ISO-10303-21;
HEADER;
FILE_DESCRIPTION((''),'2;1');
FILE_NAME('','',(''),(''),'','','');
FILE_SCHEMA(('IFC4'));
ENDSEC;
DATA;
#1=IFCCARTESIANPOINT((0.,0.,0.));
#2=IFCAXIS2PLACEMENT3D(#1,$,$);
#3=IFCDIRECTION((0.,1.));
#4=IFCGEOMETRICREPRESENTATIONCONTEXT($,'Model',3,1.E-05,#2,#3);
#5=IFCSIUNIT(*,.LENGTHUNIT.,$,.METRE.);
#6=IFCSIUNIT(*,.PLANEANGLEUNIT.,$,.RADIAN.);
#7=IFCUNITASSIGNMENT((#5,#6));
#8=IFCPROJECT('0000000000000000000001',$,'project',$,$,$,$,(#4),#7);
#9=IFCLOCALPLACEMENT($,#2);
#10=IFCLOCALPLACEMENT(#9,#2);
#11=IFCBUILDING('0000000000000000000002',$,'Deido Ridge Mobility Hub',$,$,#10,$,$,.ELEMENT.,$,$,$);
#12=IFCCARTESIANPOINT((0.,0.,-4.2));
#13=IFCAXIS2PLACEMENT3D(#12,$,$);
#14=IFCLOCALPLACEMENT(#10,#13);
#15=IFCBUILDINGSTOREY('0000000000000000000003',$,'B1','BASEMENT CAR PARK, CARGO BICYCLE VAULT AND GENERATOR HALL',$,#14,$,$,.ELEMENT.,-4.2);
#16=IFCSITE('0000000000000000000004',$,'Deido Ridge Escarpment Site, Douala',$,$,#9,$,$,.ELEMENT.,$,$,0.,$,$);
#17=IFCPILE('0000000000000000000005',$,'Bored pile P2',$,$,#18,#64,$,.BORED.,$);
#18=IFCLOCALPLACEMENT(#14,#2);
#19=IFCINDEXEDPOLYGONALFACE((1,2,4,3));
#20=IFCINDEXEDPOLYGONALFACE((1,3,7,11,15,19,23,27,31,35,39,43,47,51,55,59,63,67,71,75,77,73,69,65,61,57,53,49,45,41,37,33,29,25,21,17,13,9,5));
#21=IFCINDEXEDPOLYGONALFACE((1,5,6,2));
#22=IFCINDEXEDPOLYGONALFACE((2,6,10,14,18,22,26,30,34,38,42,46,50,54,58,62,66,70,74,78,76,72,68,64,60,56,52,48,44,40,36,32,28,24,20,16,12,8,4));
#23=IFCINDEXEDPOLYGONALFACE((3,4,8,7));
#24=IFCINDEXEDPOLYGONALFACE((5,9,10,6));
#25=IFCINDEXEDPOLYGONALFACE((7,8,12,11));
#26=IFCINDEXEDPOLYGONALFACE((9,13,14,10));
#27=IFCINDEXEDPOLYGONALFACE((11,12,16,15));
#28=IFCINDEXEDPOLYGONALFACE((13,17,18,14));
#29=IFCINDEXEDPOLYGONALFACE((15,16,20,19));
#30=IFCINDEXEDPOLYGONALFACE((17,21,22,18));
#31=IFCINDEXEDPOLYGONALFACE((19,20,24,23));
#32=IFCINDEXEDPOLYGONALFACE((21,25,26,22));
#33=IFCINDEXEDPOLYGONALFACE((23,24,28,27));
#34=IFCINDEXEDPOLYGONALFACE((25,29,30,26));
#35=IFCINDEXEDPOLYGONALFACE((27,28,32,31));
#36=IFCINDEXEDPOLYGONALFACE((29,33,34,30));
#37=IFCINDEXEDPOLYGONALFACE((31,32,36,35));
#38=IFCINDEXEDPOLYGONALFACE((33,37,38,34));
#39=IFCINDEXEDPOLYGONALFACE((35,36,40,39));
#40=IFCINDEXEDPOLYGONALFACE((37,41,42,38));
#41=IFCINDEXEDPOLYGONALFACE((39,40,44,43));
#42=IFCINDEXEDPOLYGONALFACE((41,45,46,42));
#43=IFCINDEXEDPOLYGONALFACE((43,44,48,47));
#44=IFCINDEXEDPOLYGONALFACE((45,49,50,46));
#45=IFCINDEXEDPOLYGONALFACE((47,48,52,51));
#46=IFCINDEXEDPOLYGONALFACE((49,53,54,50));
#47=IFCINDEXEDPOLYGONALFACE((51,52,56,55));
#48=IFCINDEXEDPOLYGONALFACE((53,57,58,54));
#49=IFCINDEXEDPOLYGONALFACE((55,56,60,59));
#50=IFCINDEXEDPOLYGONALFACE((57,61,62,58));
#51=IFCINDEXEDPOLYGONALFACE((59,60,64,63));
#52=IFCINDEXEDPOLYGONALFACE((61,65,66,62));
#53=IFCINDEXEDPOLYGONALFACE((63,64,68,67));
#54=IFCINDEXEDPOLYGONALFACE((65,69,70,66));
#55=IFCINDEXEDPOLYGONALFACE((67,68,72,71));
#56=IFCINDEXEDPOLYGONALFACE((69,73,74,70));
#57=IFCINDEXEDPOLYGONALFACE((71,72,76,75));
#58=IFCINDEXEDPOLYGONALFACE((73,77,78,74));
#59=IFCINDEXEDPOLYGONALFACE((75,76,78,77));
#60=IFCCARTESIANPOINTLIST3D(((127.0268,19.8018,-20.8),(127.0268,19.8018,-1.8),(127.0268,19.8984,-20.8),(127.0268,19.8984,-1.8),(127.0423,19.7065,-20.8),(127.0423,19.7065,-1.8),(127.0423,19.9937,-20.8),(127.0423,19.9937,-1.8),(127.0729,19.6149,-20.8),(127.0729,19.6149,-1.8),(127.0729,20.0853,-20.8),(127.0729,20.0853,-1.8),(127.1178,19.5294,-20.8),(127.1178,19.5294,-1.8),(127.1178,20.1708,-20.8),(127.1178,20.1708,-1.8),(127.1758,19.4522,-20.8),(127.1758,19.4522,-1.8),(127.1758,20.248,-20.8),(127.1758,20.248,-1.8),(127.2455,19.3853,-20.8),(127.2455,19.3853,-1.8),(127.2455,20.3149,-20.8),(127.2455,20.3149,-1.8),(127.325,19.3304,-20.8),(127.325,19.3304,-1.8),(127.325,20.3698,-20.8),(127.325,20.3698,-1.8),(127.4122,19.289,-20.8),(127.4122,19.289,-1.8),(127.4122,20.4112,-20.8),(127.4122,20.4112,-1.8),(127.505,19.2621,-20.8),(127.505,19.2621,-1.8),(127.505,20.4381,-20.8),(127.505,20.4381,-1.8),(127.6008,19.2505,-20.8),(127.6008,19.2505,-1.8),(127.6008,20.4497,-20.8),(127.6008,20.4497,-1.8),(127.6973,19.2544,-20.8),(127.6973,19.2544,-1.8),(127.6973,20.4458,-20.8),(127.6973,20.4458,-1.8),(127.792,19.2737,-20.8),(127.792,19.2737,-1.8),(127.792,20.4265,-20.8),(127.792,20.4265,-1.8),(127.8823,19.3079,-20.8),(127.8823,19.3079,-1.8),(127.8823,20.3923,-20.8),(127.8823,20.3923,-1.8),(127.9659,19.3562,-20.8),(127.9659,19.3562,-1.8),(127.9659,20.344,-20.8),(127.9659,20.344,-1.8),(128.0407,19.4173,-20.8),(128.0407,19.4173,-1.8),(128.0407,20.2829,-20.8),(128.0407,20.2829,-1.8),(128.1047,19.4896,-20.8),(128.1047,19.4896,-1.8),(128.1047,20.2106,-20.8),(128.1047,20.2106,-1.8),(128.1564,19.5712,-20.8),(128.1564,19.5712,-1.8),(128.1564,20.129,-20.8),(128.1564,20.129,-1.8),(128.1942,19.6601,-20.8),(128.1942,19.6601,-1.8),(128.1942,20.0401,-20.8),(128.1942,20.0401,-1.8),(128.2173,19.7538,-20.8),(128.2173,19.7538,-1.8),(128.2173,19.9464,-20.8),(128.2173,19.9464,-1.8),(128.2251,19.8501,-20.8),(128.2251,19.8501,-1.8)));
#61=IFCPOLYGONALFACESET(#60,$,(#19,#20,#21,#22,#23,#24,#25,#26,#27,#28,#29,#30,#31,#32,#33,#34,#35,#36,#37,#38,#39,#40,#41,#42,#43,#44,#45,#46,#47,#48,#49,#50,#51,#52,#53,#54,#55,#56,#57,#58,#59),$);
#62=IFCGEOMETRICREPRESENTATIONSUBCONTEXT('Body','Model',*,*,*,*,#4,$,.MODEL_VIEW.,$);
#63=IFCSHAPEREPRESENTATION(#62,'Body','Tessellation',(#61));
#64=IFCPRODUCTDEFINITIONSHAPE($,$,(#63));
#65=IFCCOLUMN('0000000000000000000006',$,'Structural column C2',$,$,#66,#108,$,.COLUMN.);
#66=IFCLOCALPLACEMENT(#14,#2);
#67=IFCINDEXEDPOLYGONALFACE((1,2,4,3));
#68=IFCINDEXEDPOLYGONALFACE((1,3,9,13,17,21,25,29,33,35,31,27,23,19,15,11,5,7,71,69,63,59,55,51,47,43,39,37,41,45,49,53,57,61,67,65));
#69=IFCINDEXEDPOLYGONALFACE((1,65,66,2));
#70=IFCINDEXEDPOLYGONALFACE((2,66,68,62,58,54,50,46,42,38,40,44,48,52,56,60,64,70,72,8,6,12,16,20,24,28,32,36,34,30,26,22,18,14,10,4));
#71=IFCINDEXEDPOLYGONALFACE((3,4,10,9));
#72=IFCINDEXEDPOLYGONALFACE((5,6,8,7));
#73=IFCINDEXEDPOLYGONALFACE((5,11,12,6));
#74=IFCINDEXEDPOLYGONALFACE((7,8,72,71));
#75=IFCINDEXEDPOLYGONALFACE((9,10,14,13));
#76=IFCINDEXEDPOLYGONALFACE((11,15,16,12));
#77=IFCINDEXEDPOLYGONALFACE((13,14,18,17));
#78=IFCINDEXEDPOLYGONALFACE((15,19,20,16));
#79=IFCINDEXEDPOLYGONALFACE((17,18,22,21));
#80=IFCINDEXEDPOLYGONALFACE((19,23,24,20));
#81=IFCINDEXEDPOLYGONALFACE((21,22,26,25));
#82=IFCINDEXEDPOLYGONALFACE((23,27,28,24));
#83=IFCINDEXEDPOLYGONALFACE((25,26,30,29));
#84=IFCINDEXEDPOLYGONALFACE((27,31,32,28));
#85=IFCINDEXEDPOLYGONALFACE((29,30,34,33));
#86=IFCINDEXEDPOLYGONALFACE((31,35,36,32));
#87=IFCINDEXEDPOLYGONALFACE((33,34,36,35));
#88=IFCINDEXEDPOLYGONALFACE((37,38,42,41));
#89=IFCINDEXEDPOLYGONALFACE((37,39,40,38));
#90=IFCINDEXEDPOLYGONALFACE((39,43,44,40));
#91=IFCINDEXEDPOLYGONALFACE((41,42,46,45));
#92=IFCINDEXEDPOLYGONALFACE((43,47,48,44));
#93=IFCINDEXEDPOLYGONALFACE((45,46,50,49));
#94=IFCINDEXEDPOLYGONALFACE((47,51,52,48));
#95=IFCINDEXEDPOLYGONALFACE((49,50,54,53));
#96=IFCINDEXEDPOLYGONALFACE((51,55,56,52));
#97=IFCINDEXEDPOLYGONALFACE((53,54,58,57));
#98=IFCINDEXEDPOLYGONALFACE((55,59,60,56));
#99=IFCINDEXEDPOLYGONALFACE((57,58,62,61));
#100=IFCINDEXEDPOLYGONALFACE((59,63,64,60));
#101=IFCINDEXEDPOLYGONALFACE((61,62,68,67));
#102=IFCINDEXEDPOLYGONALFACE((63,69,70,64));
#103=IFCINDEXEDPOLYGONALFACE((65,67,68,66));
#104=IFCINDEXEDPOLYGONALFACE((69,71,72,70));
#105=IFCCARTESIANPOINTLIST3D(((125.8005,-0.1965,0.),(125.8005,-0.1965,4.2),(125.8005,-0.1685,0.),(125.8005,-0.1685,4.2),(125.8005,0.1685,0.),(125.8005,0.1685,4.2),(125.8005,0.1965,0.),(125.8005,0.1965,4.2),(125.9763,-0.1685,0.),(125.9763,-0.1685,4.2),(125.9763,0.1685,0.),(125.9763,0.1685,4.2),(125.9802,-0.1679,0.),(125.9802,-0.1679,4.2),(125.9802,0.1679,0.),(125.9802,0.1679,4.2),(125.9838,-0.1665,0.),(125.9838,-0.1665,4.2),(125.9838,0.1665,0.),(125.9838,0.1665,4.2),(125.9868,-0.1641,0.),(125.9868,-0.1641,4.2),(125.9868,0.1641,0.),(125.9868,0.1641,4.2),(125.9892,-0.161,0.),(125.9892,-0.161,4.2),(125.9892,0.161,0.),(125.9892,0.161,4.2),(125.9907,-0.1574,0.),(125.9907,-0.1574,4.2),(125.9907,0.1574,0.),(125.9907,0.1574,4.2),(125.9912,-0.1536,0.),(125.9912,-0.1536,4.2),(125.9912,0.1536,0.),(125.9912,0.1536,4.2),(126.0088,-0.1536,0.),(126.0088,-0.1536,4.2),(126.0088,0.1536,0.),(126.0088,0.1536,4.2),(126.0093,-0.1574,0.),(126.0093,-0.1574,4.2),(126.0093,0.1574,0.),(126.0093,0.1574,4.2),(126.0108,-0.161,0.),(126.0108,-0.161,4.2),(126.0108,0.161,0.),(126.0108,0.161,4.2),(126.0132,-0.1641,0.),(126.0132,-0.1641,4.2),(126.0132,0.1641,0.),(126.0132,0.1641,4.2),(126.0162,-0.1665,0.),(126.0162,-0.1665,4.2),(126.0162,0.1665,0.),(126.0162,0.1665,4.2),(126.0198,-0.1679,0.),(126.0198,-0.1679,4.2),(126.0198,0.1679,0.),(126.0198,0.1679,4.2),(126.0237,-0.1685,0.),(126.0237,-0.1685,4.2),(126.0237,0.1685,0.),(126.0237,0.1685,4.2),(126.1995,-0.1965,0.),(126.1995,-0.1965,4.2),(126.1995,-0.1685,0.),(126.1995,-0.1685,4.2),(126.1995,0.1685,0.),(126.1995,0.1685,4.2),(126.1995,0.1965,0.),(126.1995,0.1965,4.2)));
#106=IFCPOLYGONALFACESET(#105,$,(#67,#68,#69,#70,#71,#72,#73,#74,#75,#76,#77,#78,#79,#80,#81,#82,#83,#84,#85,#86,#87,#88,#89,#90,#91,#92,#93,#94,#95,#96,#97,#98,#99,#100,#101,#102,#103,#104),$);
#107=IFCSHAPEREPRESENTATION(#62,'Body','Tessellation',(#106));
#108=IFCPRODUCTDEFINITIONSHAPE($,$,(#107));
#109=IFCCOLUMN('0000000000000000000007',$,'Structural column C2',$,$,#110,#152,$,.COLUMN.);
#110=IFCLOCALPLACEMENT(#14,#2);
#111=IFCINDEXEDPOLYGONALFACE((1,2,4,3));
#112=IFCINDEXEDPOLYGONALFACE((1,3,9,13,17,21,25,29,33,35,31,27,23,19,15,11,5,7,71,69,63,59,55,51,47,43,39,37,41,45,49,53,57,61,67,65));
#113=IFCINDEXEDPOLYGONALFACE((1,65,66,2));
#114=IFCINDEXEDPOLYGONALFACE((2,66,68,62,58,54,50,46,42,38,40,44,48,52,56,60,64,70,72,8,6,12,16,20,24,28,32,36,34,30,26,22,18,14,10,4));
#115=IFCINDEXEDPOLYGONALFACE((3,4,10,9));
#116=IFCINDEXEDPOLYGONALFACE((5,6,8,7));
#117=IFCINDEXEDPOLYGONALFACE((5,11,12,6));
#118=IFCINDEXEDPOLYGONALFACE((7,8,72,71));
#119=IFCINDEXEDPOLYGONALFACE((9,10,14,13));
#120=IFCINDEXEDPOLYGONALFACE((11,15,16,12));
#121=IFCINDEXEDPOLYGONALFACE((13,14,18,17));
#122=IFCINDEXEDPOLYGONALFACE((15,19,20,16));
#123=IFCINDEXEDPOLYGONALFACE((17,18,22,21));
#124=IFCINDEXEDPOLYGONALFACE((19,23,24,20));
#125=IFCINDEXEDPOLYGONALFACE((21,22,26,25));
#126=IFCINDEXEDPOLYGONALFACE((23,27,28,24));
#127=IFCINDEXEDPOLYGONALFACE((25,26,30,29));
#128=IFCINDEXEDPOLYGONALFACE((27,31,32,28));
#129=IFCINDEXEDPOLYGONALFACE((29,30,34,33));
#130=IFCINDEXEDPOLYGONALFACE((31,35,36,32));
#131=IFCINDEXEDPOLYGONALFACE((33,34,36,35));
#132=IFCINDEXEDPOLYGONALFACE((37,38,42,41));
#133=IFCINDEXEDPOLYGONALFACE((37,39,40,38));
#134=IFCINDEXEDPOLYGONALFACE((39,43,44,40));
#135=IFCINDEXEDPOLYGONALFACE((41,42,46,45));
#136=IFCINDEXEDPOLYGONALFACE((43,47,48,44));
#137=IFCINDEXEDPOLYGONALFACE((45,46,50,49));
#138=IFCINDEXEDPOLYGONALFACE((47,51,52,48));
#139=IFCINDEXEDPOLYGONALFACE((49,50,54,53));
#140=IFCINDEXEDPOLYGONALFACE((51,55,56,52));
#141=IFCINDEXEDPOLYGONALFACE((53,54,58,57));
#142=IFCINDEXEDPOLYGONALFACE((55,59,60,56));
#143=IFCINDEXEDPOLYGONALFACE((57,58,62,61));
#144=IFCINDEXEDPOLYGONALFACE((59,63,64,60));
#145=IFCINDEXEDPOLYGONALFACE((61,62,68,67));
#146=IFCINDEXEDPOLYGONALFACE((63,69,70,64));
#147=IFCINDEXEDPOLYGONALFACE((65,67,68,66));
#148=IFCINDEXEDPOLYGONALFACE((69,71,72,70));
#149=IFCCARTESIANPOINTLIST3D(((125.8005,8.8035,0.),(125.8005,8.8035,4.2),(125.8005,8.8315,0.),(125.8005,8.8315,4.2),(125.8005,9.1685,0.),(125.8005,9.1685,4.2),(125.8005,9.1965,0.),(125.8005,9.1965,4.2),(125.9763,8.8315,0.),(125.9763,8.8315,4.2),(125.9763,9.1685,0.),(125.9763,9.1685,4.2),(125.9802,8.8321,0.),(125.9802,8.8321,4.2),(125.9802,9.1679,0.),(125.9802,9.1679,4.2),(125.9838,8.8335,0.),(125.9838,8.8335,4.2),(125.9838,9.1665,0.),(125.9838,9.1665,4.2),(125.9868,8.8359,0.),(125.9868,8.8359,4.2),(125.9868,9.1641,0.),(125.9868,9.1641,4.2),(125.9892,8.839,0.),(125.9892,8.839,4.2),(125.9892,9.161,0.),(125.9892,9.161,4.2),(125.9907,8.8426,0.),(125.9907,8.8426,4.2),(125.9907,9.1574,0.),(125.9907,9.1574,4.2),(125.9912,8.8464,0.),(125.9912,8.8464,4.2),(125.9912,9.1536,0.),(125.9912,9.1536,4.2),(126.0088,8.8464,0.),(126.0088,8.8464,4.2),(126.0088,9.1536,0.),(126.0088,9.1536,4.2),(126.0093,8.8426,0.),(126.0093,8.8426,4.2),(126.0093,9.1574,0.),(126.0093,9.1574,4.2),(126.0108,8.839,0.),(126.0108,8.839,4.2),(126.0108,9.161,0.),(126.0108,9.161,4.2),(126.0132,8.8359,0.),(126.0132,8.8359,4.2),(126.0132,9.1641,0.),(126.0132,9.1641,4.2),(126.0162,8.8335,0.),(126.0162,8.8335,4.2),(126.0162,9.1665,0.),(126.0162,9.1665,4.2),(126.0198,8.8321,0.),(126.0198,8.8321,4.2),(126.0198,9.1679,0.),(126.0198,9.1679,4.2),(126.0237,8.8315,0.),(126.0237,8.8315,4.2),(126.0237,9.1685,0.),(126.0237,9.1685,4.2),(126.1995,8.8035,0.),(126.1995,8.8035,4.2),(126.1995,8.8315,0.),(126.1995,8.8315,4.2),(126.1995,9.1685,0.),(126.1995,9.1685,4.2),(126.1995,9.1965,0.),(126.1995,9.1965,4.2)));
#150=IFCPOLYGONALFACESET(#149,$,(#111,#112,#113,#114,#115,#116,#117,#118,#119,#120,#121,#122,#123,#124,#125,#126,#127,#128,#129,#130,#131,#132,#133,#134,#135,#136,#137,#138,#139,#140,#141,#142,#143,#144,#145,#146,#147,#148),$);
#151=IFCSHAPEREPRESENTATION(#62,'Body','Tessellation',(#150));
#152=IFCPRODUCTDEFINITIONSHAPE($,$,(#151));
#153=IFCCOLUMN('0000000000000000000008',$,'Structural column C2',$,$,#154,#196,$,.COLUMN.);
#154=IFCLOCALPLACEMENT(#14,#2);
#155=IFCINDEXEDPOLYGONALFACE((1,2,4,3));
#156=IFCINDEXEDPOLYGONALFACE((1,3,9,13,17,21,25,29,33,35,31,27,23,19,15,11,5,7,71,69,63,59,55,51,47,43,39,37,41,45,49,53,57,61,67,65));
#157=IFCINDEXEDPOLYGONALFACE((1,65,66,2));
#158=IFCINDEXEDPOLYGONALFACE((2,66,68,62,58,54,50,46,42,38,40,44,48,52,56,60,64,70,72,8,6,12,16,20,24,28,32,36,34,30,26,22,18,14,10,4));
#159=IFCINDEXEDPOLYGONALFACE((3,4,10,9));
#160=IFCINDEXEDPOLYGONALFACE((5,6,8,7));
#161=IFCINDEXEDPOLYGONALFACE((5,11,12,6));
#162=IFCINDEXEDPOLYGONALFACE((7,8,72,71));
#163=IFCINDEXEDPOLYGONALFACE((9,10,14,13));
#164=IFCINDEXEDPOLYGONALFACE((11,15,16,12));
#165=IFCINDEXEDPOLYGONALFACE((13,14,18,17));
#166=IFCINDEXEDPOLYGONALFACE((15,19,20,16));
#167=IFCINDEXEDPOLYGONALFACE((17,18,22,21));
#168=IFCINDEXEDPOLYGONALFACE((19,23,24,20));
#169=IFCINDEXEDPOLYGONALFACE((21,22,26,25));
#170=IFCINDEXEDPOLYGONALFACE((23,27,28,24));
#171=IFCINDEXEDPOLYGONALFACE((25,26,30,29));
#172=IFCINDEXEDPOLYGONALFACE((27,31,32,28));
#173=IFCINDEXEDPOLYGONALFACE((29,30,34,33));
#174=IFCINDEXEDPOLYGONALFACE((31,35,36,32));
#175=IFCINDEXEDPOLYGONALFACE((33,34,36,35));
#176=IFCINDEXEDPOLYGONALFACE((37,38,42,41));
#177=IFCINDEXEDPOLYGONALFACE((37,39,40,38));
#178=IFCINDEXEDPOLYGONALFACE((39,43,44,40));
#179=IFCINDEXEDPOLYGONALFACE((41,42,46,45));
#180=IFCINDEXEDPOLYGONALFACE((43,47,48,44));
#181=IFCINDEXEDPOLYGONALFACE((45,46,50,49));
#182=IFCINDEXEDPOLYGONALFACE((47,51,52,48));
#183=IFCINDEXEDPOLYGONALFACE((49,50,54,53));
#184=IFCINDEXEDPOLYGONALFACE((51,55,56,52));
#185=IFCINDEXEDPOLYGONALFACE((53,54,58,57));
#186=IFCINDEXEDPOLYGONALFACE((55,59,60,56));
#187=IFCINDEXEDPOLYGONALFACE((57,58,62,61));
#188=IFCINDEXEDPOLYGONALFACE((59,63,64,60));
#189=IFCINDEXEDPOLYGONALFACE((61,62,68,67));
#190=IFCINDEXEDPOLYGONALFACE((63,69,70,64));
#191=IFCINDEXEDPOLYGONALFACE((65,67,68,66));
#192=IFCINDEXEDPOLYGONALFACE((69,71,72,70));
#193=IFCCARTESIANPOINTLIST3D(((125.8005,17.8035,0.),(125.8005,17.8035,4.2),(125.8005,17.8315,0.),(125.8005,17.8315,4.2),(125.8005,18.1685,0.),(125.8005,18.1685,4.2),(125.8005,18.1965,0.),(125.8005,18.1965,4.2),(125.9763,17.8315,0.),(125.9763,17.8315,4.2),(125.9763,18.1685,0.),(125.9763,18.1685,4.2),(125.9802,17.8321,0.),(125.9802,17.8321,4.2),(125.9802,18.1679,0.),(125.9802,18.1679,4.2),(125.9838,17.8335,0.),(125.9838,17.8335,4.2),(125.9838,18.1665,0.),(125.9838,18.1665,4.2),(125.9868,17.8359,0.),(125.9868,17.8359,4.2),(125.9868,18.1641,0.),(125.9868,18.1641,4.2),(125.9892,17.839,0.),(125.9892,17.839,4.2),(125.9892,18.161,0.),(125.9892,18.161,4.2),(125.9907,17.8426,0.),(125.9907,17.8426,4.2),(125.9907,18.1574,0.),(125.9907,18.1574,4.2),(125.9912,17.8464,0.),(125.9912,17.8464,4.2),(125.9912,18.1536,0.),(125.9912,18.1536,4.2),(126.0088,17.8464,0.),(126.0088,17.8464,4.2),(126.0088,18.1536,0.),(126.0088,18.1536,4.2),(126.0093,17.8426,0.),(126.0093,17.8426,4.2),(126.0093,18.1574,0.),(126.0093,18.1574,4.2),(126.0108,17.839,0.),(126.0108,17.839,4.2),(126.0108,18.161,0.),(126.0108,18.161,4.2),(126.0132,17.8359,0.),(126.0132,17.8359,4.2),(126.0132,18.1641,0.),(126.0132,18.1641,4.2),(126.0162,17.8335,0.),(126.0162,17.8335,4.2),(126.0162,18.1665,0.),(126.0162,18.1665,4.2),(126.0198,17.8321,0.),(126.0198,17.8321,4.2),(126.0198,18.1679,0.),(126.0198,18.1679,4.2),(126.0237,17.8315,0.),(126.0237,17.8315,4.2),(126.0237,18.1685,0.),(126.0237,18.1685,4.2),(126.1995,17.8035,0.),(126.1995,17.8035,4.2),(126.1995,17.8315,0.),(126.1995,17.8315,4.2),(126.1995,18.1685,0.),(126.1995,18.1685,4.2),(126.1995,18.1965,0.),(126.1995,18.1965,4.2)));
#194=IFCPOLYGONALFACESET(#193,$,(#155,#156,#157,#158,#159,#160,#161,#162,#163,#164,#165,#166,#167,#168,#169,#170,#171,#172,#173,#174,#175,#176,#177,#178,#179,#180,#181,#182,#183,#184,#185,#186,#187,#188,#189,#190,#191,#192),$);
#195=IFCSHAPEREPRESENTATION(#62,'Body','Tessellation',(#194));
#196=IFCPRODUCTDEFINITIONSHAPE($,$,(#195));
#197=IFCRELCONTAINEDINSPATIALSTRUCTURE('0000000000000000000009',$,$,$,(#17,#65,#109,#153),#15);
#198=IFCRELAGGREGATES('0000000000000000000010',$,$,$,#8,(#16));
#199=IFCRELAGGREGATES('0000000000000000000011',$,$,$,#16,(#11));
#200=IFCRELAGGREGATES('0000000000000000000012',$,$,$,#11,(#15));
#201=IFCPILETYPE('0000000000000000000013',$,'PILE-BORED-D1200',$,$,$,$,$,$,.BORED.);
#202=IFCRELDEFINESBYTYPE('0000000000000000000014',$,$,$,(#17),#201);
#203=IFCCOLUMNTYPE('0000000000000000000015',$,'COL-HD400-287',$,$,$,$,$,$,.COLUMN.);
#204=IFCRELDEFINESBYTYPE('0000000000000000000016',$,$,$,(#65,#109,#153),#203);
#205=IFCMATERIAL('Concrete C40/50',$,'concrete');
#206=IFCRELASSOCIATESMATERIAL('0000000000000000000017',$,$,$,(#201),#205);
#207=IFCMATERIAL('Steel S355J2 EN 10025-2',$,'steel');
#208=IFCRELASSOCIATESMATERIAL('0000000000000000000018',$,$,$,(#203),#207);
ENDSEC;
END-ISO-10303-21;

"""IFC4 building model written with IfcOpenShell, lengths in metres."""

from ifc_helpers import new_model, si_unit, direction, frame, origin, origin_2d, place, context, subcontext, project, spatial, circle, i_section, extrude, material, material_profile, profile_set, type_object, element, save


model = new_model("IFC4")

# Units and contexts
model_context = context("Model", 3, precision=1e-05, world=origin(), true_north=direction((0.0, 1.0)))
body_context = subcontext(model_context, "Body", "Model", "MODEL_VIEW")
ifc_project = project(units=[si_unit("LENGTHUNIT", "METRE"), si_unit("PLANEANGLEUNIT", "RADIAN")], contexts=[model_context])

# Site, building, storey
site_placement = place(None, origin())
site = spatial("IfcSite", under=ifc_project, at=site_placement, Name="Deido Ridge Escarpment Site, Douala", CompositionType="ELEMENT", RefElevation=0.0)
building_placement = place(site_placement, origin())
building = spatial("IfcBuilding", under=site, at=building_placement, Name="Deido Ridge Mobility Hub", CompositionType="ELEMENT")
storey_placement = place(building_placement, frame((0.0, 0.0, -4.2)))
storey = spatial("IfcBuildingStorey", under=building, at=storey_placement, Name="B1", Description="BASEMENT CAR PARK, CARGO BICYCLE VAULT AND GENERATOR HALL", CompositionType="ELEMENT", Elevation=-4.2)

# Shared definitions
ifc_material_1 = material(Name="Concrete C40/50", Category="concrete")

# Pile
ifc_material_profile_1 = material_profile(ifc_material_1, circle(Radius=0.6001, at=origin_2d()), Name="BORED PILE D1200")
ifc_profile_set_1 = profile_set([ifc_material_profile_1], Name="Concrete C40/50")
pile_type = type_object("IfcPileType", Name="PILE-BORED-D1200", PredefinedType="BORED", material=ifc_profile_set_1)
for number, where, z_axis, x_axis, name in (
    (1, (127.625, 19.8501, -1.8), (0.0, 0.0, -1.0), (1.0, 0.0, 0.0), "Bored pile P2"),
):
    element("IfcPile", number, at=place(storey_placement, frame(where, z_axis=z_axis, x_axis=x_axis)), inside=storey, type_object=pile_type, Name=name, PredefinedType="BORED", context=body_context, shape_type="SweptSolid", body=[
        extrude(circle(Radius=0.6001, at=origin_2d()), origin(), (0.0, 0.0, 1.0), 19.0),
    ])

# Columns
ifc_material_2 = material(Name="Steel S355J2 EN 10025-2", Category="steel")
ifc_material_profile_2 = material_profile(ifc_material_2, i_section(OverallWidth=0.3989, OverallDepth=0.3931, WebThickness=0.0176, FlangeThickness=0.0281, FilletRadius=0.0149, at=origin_2d()), Name="HD 400x287")
ifc_profile_set_2 = profile_set([ifc_material_profile_2], Name="Steel S355J2 EN 10025-2")
column_type_1 = type_object("IfcColumnType", Name="COL-HD400-287", PredefinedType="COLUMN", material=ifc_profile_set_2)
for number, where, z_axis, x_axis, name in (
    (2, (126.0, 0.0, 0.0), (0.0, 0.0, 1.0), (1.0, 0.0, 0.0), "Structural column C2"),
    (3, (126.0, 9.0, 0.0), (0.0, 0.0, 1.0), (1.0, 0.0, 0.0), "Structural column C2"),
    (4, (126.0, 18.0, 0.0), (0.0, 0.0, 1.0), (1.0, 0.0, 0.0), "Structural column C2"),
):
    element("IfcColumn", number, at=place(storey_placement, frame(where, z_axis=z_axis, x_axis=x_axis)), inside=storey, type_object=column_type_1, Name=name, PredefinedType="COLUMN", context=body_context, shape_type="SweptSolid", body=[
        extrude(i_section(OverallWidth=0.3989, OverallDepth=0.3931, WebThickness=0.0176, FlangeThickness=0.0281, FilletRadius=0.0149, at=origin_2d()), origin(), (0.0, 0.0, 1.0), 4.2),
    ])

save(model, "model.ifc")
